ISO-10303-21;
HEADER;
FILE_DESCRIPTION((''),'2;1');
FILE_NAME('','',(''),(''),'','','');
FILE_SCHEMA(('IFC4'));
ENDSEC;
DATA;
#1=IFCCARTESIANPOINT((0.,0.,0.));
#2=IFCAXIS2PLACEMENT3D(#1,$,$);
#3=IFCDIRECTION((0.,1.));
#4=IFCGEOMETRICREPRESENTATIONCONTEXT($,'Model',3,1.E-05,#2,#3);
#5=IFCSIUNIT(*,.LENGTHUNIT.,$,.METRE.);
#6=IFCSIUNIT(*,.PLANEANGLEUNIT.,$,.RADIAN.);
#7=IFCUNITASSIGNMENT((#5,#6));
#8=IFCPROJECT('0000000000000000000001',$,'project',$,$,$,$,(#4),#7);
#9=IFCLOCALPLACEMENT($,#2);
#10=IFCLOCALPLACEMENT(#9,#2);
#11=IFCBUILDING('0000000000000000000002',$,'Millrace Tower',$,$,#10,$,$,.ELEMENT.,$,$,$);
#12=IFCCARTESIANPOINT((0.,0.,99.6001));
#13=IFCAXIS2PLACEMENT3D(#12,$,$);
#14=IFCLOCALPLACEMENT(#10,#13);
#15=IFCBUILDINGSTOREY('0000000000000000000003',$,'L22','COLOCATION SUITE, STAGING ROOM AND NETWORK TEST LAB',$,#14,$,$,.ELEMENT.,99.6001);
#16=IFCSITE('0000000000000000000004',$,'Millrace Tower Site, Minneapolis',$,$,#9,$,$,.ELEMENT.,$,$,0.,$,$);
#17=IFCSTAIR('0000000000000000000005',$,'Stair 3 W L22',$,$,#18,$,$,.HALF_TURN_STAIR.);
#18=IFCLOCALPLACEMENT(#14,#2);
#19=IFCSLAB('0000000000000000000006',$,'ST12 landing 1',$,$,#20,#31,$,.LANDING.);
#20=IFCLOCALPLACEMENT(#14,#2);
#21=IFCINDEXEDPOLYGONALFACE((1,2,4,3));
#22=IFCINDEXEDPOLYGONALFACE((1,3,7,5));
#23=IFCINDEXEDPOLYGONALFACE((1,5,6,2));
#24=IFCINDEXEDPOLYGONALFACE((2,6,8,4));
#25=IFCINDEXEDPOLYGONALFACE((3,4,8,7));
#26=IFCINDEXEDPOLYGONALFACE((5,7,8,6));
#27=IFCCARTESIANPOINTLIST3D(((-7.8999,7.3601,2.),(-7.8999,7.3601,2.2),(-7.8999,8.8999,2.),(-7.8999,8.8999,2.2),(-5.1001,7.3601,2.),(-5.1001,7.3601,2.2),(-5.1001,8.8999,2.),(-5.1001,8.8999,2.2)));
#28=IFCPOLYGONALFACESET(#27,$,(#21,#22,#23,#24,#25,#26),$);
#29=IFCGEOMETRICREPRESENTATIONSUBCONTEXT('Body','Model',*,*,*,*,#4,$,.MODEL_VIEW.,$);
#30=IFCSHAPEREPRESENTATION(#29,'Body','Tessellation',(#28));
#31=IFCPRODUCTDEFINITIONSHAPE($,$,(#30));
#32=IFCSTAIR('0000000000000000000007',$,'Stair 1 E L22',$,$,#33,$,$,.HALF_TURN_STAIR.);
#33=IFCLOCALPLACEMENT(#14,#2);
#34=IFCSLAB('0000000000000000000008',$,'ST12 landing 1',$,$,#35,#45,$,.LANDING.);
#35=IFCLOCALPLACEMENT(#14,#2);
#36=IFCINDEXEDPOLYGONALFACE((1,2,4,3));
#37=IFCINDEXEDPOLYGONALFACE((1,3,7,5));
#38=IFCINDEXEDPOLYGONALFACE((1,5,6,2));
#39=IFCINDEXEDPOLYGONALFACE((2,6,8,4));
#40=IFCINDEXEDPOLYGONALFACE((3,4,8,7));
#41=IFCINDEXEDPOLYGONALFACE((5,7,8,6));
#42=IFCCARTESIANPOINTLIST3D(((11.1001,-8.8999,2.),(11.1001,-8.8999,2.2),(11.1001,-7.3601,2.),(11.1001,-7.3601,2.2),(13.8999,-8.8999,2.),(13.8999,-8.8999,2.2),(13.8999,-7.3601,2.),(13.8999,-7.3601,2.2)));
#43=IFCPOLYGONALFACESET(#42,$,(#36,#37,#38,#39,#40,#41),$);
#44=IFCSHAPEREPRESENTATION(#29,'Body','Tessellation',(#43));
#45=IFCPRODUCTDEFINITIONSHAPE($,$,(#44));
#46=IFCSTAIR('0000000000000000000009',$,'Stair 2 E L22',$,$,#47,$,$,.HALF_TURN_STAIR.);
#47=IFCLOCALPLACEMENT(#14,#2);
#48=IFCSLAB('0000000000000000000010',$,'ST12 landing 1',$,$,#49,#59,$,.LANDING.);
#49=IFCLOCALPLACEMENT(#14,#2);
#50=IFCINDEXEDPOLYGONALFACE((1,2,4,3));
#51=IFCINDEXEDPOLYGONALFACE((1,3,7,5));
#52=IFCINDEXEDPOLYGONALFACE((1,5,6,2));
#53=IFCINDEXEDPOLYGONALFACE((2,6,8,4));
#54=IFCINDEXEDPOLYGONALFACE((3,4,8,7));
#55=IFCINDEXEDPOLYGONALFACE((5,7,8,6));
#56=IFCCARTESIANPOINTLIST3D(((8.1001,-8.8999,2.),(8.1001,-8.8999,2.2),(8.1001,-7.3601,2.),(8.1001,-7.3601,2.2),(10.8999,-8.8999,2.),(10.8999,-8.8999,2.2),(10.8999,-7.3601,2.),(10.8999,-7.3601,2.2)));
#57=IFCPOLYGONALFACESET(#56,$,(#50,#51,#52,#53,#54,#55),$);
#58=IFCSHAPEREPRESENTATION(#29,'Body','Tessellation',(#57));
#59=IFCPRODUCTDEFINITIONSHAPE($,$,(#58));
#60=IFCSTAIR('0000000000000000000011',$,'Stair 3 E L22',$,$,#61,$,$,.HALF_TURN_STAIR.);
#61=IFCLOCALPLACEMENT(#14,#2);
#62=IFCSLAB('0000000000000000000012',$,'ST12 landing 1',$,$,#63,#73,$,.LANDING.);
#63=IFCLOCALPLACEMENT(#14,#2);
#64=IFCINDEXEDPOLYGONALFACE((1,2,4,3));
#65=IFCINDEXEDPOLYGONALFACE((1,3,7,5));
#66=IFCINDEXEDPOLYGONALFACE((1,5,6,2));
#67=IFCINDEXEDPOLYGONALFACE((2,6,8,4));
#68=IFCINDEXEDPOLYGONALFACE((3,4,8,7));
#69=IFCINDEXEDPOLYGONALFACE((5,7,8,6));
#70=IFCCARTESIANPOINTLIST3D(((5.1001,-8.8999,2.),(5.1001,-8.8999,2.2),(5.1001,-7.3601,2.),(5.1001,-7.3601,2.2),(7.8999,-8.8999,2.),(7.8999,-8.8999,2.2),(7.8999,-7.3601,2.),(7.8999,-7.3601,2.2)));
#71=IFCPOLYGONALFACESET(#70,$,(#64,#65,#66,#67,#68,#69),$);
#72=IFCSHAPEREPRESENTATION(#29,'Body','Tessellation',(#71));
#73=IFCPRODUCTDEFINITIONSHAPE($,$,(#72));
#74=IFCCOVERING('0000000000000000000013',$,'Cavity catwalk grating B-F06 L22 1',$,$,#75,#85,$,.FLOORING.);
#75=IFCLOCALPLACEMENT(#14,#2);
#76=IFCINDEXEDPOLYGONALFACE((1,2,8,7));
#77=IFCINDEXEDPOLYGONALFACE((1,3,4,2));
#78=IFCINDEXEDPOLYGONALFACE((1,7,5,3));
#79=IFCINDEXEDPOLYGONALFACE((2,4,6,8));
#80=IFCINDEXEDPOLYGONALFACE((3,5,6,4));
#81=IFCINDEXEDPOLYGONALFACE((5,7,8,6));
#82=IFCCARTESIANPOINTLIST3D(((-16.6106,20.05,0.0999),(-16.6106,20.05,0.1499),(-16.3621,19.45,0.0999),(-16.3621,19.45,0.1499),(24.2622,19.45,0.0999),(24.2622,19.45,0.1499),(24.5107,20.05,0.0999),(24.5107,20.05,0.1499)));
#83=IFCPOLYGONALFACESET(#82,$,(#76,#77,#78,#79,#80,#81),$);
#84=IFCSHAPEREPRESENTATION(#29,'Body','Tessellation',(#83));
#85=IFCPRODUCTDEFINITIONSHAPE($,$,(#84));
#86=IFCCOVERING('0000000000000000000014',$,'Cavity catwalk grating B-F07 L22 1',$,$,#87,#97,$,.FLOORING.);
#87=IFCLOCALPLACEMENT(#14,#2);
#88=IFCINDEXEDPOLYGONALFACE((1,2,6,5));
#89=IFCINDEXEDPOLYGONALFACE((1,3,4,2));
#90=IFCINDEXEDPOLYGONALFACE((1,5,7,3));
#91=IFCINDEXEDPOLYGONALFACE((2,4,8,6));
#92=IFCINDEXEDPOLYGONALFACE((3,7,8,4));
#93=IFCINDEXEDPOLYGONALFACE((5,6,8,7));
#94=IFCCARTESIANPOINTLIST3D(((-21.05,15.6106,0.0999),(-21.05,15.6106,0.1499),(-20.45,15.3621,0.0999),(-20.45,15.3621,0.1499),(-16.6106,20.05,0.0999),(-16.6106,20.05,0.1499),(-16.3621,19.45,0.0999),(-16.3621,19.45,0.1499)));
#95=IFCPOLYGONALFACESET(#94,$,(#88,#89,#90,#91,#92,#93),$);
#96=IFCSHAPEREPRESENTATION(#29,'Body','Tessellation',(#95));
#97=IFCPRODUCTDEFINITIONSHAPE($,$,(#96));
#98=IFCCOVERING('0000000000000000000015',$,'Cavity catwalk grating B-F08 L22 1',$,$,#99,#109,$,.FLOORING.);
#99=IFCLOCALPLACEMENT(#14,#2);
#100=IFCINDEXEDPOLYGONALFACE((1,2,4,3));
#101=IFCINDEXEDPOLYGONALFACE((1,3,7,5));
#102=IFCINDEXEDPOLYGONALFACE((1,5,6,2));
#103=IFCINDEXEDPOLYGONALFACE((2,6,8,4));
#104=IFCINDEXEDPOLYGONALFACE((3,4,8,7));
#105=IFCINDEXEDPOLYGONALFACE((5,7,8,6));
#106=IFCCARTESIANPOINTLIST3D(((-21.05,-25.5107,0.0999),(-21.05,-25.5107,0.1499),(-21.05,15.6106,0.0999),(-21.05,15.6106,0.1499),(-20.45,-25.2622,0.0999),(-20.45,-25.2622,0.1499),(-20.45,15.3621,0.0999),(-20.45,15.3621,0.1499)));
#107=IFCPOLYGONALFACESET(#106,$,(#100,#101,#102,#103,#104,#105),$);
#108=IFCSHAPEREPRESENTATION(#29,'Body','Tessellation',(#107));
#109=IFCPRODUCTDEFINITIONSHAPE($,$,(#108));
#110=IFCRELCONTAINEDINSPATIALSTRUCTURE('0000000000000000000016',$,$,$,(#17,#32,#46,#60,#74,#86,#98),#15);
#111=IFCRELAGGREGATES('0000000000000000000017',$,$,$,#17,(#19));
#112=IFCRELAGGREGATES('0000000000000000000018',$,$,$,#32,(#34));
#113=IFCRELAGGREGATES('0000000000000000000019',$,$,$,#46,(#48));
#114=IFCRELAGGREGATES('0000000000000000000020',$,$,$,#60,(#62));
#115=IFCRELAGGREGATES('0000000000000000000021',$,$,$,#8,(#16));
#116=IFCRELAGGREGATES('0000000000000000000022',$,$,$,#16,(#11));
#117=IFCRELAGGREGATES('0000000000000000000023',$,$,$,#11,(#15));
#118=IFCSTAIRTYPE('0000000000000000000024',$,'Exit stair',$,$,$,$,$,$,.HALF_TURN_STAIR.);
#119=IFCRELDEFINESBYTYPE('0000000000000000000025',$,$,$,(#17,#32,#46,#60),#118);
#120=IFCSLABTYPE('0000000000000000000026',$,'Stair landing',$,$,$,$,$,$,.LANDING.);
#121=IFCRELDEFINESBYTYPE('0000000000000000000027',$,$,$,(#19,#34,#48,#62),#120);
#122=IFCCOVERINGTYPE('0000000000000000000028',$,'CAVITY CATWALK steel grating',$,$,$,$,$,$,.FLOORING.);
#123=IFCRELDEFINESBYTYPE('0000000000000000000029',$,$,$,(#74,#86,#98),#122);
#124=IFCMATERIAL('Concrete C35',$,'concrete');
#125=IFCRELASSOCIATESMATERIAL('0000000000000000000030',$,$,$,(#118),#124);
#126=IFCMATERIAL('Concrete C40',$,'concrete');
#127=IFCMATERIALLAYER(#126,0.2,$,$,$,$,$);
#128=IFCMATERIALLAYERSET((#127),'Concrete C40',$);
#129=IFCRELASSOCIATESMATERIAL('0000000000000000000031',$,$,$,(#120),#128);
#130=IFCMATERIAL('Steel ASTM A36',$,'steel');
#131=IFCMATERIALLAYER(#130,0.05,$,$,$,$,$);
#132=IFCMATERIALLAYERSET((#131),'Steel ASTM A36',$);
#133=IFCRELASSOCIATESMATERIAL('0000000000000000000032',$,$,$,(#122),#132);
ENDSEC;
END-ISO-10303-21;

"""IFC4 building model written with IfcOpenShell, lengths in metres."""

from ifc_helpers import new_model, si_unit, direction, frame, origin, place, context, subcontext, project, spatial, polyline, outline, extrude, material, layer, layer_set, type_object, element, aggregate, save


model = new_model("IFC4")

# Units and contexts
model_context = context("Model", 3, precision=1e-05, world=origin(), true_north=direction((0.0, 1.0)))
body_context = subcontext(model_context, "Body", "Model", "MODEL_VIEW")
ifc_project = project(units=[si_unit("LENGTHUNIT", "METRE"), si_unit("PLANEANGLEUNIT", "RADIAN")], contexts=[model_context])

# Site, building, storey
site_placement = place(None, origin())
site = spatial("IfcSite", under=ifc_project, at=site_placement, Name="Millrace Tower Site, Minneapolis", CompositionType="ELEMENT", RefElevation=0.0)
building_placement = place(site_placement, origin())
building = spatial("IfcBuilding", under=site, at=building_placement, Name="Millrace Tower", CompositionType="ELEMENT")
storey_placement = place(building_placement, frame((0.0, 0.0, 99.6001)))
storey = spatial("IfcBuildingStorey", under=building, at=storey_placement, Name="L22", Description="COLOCATION SUITE, STAGING ROOM AND NETWORK TEST LAB", CompositionType="ELEMENT", Elevation=99.6001)

# Shared definitions
placement_1 = place(storey_placement, origin())

# Stairs, slabs
ifc_material_1 = material(Name="Concrete C35", Category="concrete")
stair_type = type_object("IfcStairType", Name="Exit stair", PredefinedType="HALF_TURN_STAIR", material=ifc_material_1)
ifc_material_2 = material(Name="Concrete C40", Category="concrete")
ifc_layer_1 = layer(ifc_material_2, 0.2)
ifc_layer_set_1 = layer_set([ifc_layer_1], Name="Concrete C40")
slab_type = type_object("IfcSlabType", Name="Stair landing", PredefinedType="LANDING", material=ifc_layer_set_1)
placement_2 = place(storey_placement, frame((0.0, 0.0, 2.0)))
stair_1 = element("IfcStair", 1, at=placement_1, inside=storey, type_object=stair_type, Name="Stair 3 W L22", PredefinedType="HALF_TURN_STAIR")
slab_1 = element("IfcSlab", 2, at=placement_2, type_object=slab_type, Name="ST12 landing 1", PredefinedType="LANDING", context=body_context, shape_type="SweptSolid", body=[
    extrude(outline(polyline([(-7.8999, 7.3601), (-5.1001, 7.3601), (-5.1001, 8.8999), (-7.8999, 8.8999), (-7.8999, 7.3601)])), origin(), (0.0, 0.0, 1.0), 0.2),
])
aggregate(stair_1, [slab_1])
stair_2 = element("IfcStair", 3, at=placement_1, inside=storey, type_object=stair_type, Name="Stair 1 E L22", PredefinedType="HALF_TURN_STAIR")
slab_2 = element("IfcSlab", 4, at=placement_2, type_object=slab_type, Name="ST12 landing 1", PredefinedType="LANDING", context=body_context, shape_type="SweptSolid", body=[
    extrude(outline(polyline([(11.1001, -8.8999), (13.8999, -8.8999), (13.8999, -7.3601), (11.1001, -7.3601), (11.1001, -8.8999)])), origin(), (0.0, 0.0, 1.0), 0.2),
])
aggregate(stair_2, [slab_2])
stair_3 = element("IfcStair", 5, at=placement_1, inside=storey, type_object=stair_type, Name="Stair 2 E L22", PredefinedType="HALF_TURN_STAIR")
slab_3 = element("IfcSlab", 6, at=placement_2, type_object=slab_type, Name="ST12 landing 1", PredefinedType="LANDING", context=body_context, shape_type="SweptSolid", body=[
    extrude(outline(polyline([(8.1001, -8.8999), (10.8999, -8.8999), (10.8999, -7.3601), (8.1001, -7.3601), (8.1001, -8.8999)])), origin(), (0.0, 0.0, 1.0), 0.2),
])
aggregate(stair_3, [slab_3])
stair_4 = element("IfcStair", 7, at=placement_1, inside=storey, type_object=stair_type, Name="Stair 3 E L22", PredefinedType="HALF_TURN_STAIR")
slab_4 = element("IfcSlab", 8, at=placement_2, type_object=slab_type, Name="ST12 landing 1", PredefinedType="LANDING", context=body_context, shape_type="SweptSolid", body=[
    extrude(outline(polyline([(5.1001, -8.8999), (7.8999, -8.8999), (7.8999, -7.3601), (5.1001, -7.3601), (5.1001, -8.8999)])), origin(), (0.0, 0.0, 1.0), 0.2),
])
aggregate(stair_4, [slab_4])

# Coverings
ifc_material_3 = material(Name="Steel ASTM A36", Category="steel")
ifc_layer_2 = layer(ifc_material_3, 0.05)
ifc_layer_set_2 = layer_set([ifc_layer_2], Name="Steel ASTM A36")
covering_type = type_object("IfcCoveringType", Name="CAVITY CATWALK steel grating", PredefinedType="FLOORING", material=ifc_layer_set_2)
placement_3 = place(storey_placement, frame((0.0, 0.0, 0.0999)))
element("IfcCovering", 9, at=placement_3, inside=storey, type_object=covering_type, Name="Cavity catwalk grating B-F06 L22 1", PredefinedType="FLOORING", context=body_context, shape_type="SweptSolid", body=[
    extrude(outline(polyline([(24.5107, 20.05), (-16.6106, 20.05), (-16.3621, 19.45), (24.2622, 19.45), (24.5107, 20.05)])), origin(), (0.0, 0.0, 1.0), 0.05),
])
element("IfcCovering", 10, at=placement_3, inside=storey, type_object=covering_type, Name="Cavity catwalk grating B-F07 L22 1", PredefinedType="FLOORING", context=body_context, shape_type="SweptSolid", body=[
    extrude(outline(polyline([(-16.6106, 20.05), (-21.05, 15.6106), (-20.45, 15.3621), (-16.3621, 19.45), (-16.6106, 20.05)])), origin(), (0.0, 0.0, 1.0), 0.05),
])
element("IfcCovering", 11, at=placement_3, inside=storey, type_object=covering_type, Name="Cavity catwalk grating B-F08 L22 1", PredefinedType="FLOORING", context=body_context, shape_type="SweptSolid", body=[
    extrude(outline(polyline([(-21.05, 15.6106), (-21.05, -25.5107), (-20.45, -25.2622), (-20.45, 15.3621), (-21.05, 15.6106)])), origin(), (0.0, 0.0, 1.0), 0.05),
])

save(model, "model.ifc")
